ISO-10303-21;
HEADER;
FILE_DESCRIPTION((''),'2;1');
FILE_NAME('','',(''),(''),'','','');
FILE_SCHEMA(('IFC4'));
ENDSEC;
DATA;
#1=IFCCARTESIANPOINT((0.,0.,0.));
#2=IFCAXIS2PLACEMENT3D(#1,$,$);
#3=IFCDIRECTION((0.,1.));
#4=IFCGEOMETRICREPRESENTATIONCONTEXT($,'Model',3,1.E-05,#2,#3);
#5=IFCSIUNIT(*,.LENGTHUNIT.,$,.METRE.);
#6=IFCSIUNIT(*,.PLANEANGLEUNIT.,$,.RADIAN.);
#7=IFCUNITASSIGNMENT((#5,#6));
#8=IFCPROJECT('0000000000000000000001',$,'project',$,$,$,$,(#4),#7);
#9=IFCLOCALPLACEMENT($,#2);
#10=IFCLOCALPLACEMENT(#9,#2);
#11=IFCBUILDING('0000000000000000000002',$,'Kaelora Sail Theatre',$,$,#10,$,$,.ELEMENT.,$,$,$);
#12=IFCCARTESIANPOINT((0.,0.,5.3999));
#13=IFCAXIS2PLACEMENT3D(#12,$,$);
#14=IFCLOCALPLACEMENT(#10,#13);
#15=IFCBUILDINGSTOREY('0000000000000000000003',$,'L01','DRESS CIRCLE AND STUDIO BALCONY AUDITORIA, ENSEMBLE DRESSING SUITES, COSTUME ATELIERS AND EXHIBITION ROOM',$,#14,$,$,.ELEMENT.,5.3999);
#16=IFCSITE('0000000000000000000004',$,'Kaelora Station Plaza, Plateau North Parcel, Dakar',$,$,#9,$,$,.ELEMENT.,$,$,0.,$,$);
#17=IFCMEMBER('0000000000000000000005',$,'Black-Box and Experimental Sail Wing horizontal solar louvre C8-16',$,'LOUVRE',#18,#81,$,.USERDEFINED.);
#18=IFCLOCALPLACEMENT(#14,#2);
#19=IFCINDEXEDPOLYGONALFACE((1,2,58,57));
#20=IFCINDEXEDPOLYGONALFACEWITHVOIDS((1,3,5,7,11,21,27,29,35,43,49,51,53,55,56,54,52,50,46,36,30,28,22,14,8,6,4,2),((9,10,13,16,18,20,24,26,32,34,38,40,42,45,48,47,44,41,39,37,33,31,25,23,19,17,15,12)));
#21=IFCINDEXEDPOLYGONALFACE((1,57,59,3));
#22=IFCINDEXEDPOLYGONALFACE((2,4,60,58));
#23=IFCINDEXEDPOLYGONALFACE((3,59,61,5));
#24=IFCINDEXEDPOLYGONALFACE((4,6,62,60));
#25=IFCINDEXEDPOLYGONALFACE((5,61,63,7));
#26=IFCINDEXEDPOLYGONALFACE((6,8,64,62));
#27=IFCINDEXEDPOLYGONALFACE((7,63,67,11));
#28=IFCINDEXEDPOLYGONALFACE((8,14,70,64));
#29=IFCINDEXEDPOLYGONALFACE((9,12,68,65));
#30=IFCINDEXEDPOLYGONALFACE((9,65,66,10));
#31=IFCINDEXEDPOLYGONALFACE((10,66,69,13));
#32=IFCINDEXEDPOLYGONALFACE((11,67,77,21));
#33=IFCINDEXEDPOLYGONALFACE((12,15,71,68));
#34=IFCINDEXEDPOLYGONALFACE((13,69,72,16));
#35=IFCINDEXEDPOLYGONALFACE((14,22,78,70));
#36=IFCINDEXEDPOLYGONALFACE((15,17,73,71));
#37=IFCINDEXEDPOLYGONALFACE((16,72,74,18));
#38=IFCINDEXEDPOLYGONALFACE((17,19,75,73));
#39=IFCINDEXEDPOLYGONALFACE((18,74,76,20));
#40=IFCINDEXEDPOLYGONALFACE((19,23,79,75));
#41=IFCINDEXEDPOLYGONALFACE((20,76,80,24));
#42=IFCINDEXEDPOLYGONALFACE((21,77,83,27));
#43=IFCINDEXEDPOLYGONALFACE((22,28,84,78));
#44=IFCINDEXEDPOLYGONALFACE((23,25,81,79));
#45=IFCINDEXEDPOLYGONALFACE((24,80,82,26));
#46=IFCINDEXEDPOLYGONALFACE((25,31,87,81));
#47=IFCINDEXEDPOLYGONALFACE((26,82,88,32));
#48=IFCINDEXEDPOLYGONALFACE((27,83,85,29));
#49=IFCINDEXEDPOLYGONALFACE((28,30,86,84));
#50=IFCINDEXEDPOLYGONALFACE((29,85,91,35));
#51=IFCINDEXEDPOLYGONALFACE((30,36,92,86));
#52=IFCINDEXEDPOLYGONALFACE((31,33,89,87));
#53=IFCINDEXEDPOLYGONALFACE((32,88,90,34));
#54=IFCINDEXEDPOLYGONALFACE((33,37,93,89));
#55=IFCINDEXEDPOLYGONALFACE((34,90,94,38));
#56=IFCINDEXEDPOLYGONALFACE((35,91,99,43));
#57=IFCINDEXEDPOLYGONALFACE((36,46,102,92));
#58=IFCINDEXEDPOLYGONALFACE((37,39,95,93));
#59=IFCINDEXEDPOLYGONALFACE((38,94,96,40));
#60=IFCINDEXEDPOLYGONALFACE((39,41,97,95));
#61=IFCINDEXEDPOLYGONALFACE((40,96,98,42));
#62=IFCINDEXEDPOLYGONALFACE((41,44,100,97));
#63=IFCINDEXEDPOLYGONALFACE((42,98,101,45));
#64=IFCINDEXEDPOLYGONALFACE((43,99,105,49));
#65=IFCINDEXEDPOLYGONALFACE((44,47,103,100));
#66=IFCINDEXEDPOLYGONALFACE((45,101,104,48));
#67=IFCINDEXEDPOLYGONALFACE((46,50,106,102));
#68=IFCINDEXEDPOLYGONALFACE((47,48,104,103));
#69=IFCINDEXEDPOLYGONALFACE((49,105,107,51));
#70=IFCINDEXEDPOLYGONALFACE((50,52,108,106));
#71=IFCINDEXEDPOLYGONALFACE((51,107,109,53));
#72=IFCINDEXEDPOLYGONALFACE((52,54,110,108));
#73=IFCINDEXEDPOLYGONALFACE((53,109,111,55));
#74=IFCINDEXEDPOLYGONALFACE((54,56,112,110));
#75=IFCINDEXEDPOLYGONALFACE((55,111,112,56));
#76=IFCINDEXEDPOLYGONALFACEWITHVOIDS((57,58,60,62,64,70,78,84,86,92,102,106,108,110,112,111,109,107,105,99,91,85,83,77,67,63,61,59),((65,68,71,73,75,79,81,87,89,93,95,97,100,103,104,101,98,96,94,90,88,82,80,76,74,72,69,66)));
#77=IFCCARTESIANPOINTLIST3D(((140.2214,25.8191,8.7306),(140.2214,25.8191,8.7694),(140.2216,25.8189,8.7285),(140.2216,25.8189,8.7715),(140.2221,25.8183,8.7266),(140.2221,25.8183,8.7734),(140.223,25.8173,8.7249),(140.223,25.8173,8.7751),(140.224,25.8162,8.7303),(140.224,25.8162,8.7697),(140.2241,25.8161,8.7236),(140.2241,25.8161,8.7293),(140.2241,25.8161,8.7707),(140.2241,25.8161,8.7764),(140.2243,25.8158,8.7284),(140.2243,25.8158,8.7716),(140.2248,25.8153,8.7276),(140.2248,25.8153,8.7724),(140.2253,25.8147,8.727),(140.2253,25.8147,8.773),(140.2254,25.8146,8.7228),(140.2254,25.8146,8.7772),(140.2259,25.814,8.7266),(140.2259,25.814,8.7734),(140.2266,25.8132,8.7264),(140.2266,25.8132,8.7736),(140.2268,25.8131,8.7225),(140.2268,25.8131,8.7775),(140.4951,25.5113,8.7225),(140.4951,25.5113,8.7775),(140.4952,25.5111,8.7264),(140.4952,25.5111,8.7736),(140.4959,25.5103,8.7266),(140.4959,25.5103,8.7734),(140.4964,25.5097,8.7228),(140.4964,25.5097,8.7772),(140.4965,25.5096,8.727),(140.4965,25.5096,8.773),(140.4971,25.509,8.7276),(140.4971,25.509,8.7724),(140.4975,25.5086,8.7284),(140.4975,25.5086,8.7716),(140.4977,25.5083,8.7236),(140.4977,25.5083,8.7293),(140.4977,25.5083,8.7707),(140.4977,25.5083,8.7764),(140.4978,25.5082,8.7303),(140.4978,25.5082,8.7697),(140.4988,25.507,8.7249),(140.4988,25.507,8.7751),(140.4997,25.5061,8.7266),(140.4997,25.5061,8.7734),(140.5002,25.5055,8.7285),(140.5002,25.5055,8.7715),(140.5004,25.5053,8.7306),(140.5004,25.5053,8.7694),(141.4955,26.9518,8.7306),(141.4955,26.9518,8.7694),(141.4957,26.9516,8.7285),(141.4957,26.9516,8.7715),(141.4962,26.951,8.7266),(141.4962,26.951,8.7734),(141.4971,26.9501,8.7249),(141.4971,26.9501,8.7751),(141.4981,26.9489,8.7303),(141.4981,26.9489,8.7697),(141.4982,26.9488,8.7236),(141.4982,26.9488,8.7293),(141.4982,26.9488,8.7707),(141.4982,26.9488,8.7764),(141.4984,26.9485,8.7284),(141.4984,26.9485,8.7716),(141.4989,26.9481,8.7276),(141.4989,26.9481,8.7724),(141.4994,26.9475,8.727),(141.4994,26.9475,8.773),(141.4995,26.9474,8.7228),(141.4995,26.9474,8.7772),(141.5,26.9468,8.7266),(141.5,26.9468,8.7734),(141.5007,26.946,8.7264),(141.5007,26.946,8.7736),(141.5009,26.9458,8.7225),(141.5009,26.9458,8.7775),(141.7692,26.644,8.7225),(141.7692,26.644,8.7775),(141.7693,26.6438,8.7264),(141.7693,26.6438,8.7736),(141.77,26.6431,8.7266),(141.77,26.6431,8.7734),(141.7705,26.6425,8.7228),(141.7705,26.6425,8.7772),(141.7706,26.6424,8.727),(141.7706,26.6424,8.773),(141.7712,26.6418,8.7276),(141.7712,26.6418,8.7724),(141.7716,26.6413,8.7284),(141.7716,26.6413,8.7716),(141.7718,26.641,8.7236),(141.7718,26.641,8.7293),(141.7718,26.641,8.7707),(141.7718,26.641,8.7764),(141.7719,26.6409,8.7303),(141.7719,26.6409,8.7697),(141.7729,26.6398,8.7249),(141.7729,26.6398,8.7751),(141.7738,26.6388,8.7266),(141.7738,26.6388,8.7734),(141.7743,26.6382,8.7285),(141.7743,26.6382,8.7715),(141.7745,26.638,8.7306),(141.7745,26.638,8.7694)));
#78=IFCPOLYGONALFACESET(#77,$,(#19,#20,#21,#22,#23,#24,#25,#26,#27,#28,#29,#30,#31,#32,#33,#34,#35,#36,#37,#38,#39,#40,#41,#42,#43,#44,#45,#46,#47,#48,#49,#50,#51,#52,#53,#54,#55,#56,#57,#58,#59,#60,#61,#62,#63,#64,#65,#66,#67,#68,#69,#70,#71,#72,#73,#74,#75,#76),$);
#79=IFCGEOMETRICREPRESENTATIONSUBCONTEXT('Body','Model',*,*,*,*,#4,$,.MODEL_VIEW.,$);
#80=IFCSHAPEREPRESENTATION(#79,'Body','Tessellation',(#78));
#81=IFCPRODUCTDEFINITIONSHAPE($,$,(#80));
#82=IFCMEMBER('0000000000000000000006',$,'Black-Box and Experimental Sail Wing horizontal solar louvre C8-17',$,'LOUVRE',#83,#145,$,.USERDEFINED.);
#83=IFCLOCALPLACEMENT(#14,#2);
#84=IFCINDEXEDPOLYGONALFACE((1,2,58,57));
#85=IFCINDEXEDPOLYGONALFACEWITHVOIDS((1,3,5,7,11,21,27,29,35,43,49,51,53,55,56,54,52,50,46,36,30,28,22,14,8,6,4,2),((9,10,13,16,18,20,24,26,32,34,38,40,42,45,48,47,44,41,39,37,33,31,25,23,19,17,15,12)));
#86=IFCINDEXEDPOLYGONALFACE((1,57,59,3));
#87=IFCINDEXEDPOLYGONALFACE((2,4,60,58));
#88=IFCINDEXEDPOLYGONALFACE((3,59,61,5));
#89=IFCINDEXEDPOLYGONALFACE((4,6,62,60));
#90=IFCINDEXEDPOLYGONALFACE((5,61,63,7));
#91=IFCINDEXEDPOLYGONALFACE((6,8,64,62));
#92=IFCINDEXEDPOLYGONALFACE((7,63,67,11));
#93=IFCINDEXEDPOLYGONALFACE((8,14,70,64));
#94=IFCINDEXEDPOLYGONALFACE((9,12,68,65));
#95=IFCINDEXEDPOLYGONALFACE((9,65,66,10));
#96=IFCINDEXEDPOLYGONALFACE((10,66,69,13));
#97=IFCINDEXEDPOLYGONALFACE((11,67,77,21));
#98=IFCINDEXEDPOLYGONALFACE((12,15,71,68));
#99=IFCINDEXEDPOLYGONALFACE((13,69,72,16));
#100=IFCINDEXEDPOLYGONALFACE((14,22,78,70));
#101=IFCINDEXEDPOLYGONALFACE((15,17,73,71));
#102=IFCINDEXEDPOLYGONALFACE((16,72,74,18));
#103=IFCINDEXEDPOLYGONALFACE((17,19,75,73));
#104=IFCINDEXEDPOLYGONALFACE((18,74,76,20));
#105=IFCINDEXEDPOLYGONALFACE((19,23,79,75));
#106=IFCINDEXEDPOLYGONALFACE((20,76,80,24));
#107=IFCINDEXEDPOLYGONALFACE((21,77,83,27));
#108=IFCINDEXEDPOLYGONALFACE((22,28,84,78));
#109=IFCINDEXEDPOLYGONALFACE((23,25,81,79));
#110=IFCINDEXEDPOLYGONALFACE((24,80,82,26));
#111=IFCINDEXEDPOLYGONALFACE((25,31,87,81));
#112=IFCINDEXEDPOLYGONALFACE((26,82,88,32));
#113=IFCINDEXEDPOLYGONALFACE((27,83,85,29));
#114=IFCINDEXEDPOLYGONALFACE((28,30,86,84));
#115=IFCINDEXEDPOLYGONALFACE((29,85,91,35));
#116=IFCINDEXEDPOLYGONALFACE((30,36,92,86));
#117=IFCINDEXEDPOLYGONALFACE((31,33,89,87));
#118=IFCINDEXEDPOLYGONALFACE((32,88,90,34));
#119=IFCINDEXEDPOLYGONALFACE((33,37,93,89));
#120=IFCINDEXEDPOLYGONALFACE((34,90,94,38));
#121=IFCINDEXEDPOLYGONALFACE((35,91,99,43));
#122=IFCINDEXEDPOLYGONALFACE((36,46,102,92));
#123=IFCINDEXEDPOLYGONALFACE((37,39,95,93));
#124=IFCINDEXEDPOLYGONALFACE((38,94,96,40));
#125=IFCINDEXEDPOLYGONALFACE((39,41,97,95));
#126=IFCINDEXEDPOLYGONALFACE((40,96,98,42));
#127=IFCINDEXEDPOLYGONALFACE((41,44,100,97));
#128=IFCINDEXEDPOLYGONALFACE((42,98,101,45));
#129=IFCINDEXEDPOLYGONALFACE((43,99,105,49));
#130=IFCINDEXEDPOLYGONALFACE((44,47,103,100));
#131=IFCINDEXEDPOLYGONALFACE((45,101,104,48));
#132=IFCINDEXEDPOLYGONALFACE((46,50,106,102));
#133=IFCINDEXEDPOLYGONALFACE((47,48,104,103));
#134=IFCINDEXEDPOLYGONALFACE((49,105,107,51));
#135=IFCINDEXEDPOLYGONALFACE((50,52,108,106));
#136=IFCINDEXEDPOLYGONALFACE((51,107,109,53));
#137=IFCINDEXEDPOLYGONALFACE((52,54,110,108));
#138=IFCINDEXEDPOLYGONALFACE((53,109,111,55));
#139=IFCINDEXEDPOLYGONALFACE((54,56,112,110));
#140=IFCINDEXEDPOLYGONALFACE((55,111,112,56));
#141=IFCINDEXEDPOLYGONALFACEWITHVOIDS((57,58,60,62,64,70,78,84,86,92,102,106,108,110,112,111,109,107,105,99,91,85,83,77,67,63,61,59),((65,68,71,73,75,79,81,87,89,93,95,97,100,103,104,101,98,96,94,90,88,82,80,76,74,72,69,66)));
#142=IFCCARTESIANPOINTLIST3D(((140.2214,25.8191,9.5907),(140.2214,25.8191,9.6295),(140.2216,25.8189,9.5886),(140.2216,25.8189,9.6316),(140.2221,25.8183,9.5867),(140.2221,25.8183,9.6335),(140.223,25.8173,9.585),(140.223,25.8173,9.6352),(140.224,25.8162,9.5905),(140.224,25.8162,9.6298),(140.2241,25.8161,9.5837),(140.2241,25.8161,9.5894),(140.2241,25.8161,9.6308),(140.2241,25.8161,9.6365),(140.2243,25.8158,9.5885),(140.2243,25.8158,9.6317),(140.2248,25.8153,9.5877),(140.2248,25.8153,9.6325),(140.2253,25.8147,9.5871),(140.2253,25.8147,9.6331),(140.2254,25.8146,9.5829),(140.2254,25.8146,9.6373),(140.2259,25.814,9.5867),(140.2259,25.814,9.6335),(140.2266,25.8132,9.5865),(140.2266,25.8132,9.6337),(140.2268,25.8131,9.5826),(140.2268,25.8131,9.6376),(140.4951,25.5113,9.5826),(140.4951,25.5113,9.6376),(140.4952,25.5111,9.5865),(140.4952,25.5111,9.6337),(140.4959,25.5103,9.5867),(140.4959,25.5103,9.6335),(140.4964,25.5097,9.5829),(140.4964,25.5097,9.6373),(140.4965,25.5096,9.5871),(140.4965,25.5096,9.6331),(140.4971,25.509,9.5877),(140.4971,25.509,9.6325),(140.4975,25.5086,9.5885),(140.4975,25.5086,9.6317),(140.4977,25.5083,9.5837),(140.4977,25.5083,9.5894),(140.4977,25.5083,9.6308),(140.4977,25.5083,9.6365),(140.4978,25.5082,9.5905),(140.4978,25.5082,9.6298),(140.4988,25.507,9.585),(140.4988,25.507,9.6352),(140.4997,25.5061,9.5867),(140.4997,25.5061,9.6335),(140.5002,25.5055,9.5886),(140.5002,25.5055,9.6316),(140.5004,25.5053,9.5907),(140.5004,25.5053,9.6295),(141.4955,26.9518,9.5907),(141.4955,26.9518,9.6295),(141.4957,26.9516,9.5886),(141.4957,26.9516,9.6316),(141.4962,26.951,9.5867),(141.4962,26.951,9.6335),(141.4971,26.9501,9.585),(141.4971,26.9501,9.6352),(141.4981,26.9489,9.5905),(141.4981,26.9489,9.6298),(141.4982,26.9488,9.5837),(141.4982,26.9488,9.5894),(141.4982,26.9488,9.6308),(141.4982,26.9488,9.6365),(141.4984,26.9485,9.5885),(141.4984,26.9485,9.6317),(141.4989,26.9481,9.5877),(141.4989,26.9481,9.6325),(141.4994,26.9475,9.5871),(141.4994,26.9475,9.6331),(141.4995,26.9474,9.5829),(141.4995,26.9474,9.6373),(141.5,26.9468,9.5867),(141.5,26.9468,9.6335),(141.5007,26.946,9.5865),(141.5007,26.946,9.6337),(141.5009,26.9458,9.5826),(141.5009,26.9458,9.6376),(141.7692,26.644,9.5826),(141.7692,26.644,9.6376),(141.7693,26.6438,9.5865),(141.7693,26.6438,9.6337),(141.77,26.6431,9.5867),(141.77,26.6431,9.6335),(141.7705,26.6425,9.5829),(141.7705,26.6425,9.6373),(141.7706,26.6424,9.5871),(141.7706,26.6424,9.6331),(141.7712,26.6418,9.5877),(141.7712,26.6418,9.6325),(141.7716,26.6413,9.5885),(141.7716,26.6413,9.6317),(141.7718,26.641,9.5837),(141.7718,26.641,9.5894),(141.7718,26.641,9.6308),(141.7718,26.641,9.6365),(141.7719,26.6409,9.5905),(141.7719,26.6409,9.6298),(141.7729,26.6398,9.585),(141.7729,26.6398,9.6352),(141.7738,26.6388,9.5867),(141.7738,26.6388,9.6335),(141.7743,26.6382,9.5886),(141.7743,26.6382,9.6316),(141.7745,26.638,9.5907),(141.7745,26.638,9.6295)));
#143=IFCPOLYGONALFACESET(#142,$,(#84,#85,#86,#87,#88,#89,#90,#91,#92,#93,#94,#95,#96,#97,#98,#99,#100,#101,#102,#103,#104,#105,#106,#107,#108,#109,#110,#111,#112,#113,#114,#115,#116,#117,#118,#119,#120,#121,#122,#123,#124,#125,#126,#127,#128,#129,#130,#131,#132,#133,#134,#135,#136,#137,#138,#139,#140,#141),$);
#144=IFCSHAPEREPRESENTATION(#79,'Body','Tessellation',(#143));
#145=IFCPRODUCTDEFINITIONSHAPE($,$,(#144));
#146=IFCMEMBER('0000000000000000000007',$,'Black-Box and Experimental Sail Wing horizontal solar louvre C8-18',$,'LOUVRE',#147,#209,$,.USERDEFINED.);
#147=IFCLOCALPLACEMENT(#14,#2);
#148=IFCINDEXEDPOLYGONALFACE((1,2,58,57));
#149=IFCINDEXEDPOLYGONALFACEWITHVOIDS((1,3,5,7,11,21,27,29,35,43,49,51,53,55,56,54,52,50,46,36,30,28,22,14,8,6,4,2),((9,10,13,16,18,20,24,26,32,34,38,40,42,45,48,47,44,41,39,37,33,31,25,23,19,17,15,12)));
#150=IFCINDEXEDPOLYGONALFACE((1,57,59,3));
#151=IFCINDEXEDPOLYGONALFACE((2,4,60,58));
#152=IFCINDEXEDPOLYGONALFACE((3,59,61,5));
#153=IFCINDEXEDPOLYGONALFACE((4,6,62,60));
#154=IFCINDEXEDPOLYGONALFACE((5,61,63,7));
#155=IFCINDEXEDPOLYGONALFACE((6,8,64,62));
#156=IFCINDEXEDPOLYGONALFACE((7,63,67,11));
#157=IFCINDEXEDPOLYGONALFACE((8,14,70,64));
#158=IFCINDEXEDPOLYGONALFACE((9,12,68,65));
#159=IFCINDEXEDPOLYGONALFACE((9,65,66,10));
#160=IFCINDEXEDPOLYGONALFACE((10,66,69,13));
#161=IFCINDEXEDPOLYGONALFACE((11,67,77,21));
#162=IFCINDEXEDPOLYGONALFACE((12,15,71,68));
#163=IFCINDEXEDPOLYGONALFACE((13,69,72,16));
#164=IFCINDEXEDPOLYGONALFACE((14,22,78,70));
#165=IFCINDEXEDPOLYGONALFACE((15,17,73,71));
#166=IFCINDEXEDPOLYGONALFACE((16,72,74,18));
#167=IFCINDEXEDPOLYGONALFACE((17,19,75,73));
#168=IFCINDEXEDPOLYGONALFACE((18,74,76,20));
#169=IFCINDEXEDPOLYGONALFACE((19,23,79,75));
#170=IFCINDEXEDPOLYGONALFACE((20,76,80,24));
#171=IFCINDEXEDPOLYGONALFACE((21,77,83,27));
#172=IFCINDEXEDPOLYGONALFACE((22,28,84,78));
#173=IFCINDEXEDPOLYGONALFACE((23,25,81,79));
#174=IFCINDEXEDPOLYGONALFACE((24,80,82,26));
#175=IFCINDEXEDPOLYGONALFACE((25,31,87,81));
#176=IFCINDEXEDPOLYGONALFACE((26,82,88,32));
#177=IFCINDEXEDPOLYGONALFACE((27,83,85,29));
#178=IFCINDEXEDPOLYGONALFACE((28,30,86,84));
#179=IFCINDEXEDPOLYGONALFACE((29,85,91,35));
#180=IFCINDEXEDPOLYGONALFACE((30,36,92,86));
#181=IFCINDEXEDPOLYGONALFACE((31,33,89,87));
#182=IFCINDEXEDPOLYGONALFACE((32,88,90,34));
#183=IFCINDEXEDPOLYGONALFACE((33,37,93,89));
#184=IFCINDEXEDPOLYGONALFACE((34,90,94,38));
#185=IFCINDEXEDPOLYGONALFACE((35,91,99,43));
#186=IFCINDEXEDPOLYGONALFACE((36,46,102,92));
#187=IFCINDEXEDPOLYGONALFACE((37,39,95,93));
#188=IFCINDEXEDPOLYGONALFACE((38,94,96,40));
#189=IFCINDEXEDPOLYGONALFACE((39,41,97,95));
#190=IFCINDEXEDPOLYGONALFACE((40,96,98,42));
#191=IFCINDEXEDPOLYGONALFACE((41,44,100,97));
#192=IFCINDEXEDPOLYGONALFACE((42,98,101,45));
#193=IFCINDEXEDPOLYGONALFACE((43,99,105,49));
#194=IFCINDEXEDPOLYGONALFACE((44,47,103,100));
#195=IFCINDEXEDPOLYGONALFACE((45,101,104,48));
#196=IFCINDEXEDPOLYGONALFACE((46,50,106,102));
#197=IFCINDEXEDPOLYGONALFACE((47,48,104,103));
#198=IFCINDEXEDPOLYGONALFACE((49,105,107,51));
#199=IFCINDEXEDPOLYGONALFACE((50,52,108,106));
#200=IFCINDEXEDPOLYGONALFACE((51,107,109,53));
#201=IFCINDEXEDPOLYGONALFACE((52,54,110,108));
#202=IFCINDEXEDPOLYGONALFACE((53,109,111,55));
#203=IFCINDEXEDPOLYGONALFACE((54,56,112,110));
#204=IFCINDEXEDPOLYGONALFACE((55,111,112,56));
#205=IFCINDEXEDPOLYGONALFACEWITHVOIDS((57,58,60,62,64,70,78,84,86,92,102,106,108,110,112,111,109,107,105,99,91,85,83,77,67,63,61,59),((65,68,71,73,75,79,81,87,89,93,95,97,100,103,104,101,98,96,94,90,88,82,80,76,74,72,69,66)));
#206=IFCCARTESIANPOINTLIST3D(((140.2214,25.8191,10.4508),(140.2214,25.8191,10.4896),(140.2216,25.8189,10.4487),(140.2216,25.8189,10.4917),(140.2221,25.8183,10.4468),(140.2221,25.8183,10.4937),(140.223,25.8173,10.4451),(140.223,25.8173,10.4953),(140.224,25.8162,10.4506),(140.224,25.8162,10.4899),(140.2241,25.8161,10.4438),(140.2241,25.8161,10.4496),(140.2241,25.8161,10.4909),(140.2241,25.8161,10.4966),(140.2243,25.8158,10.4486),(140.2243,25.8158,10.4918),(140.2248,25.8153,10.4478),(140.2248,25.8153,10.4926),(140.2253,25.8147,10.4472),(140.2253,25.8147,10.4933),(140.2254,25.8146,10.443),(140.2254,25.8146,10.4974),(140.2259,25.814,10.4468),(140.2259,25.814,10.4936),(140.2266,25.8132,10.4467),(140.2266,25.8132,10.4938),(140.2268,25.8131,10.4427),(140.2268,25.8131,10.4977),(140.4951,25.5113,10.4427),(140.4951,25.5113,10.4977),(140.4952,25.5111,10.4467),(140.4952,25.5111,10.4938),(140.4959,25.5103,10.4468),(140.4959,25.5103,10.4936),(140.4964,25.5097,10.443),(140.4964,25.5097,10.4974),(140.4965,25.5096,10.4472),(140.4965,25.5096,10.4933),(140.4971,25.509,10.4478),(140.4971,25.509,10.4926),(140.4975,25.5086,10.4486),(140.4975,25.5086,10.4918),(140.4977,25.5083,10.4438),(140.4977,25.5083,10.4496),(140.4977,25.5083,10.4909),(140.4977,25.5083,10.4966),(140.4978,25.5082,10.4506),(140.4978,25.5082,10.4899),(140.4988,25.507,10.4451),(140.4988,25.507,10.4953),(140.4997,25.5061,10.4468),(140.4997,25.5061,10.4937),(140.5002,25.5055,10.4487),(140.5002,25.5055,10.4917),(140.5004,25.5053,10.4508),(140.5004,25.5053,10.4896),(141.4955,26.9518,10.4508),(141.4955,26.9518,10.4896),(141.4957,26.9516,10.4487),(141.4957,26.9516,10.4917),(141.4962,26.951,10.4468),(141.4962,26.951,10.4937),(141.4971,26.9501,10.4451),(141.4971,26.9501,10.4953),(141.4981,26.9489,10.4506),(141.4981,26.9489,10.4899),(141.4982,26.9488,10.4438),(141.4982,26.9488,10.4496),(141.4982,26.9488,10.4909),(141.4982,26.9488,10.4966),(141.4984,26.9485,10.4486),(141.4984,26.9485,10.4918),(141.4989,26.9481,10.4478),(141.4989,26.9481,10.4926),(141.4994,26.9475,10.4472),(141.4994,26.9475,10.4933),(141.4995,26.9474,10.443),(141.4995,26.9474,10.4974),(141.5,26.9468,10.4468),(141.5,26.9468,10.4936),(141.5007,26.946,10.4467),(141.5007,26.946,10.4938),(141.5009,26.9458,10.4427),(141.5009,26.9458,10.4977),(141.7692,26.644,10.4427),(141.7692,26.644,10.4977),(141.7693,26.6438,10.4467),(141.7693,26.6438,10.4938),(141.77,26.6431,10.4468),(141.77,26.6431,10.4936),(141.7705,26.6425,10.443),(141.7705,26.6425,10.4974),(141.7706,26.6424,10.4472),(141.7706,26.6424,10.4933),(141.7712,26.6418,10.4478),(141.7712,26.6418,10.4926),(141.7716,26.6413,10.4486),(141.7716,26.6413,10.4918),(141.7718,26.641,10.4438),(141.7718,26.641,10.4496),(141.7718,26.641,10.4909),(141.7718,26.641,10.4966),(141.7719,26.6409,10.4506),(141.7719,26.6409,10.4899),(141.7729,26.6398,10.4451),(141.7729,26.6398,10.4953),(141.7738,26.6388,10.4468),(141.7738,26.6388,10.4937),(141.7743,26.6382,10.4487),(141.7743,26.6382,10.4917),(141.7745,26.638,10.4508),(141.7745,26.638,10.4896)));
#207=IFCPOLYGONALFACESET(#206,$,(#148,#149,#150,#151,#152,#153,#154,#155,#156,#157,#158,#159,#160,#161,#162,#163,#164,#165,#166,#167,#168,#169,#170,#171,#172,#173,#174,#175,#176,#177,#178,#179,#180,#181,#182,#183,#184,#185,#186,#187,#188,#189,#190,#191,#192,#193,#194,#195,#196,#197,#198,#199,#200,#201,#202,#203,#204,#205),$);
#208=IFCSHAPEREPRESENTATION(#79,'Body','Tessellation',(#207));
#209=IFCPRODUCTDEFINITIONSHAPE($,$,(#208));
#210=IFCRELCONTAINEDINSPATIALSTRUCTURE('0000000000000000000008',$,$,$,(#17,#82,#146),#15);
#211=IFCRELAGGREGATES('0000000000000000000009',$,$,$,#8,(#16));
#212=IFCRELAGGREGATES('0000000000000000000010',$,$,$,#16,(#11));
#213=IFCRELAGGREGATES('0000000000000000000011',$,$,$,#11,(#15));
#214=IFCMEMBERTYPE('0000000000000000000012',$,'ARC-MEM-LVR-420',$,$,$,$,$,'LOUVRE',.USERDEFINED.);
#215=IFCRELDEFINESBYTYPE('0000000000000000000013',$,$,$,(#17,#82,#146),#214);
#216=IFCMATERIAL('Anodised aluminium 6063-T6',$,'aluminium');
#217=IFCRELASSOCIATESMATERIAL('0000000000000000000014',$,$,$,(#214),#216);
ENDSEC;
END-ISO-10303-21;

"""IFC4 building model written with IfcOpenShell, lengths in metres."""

from ifc_helpers import new_model, si_unit, direction, frame, origin, origin_2d, place, context, subcontext, project, spatial, hollow_rectangle, extrude, material, material_profile, profile_set, type_object, element, save


model = new_model("IFC4")

# Units and contexts
model_context = context("Model", 3, precision=1e-05, world=origin(), true_north=direction((0.0, 1.0)))
body_context = subcontext(model_context, "Body", "Model", "MODEL_VIEW")
ifc_project = project(units=[si_unit("LENGTHUNIT", "METRE"), si_unit("PLANEANGLEUNIT", "RADIAN")], contexts=[model_context])

# Site, building, storey
site_placement = place(None, origin())
site = spatial("IfcSite", under=ifc_project, at=site_placement, Name="Kaelora Station Plaza, Plateau North Parcel, Dakar", CompositionType="ELEMENT", RefElevation=0.0)
building_placement = place(site_placement, origin())
building = spatial("IfcBuilding", under=site, at=building_placement, Name="Kaelora Sail Theatre", CompositionType="ELEMENT")
storey_placement = place(building_placement, frame((0.0, 0.0, 5.3999)))
storey = spatial("IfcBuildingStorey", under=building, at=storey_placement, Name="L01", Description="DRESS CIRCLE AND STUDIO BALCONY AUDITORIA, ENSEMBLE DRESSING SUITES, COSTUME ATELIERS AND EXHIBITION ROOM", CompositionType="ELEMENT", Elevation=5.3999)

# Members
ifc_material_1 = material(Name="Anodised aluminium 6063-T6", Category="aluminium")
ifc_material_profile_1 = material_profile(ifc_material_1, hollow_rectangle(XDim=0.4199, YDim=0.0549, WallThickness=0.0039, InnerFilletRadius=0.0039, OuterFilletRadius=0.0081, at=origin_2d()), Name="LOUVRE 420x55x4")
ifc_profile_set_1 = profile_set([ifc_material_profile_1], Name="Anodised aluminium 6063-T6")
member_type = type_object("IfcMemberType", Name="ARC-MEM-LVR-420", ElementType="LOUVRE", PredefinedType="USERDEFINED", material=ifc_profile_set_1)
for number, where, z_axis, x_axis, name in (
    (1, (141.635, 26.7949, 8.75), (-0.747346, -0.664435, 0.0), (0.664435, -0.747346, 0.0), "Black-Box and Experimental Sail Wing horizontal solar louvre C8-16"),
    (2, (141.635, 26.7949, 9.6101), (-0.747346, -0.664435, 0.0), (0.664435, -0.747346, 0.0), "Black-Box and Experimental Sail Wing horizontal solar louvre C8-17"),
    (3, (141.635, 26.7949, 10.4702), (-0.747346, -0.664435, 0.0), (0.664435, -0.747346, 0.0), "Black-Box and Experimental Sail Wing horizontal solar louvre C8-18"),
):
    element("IfcMember", number, at=place(storey_placement, frame(where, z_axis=z_axis, x_axis=x_axis)), inside=storey, type_object=member_type, Name=name, ObjectType="LOUVRE", PredefinedType="USERDEFINED", context=body_context, shape_type="SweptSolid", body=[
        extrude(hollow_rectangle(XDim=0.4199, YDim=0.0549, WallThickness=0.0039, InnerFilletRadius=0.0039, OuterFilletRadius=0.0081, at=origin_2d()), origin(), (0.0, 0.0, 1.0), 1.7048),
    ])

save(model, "model.ifc")
